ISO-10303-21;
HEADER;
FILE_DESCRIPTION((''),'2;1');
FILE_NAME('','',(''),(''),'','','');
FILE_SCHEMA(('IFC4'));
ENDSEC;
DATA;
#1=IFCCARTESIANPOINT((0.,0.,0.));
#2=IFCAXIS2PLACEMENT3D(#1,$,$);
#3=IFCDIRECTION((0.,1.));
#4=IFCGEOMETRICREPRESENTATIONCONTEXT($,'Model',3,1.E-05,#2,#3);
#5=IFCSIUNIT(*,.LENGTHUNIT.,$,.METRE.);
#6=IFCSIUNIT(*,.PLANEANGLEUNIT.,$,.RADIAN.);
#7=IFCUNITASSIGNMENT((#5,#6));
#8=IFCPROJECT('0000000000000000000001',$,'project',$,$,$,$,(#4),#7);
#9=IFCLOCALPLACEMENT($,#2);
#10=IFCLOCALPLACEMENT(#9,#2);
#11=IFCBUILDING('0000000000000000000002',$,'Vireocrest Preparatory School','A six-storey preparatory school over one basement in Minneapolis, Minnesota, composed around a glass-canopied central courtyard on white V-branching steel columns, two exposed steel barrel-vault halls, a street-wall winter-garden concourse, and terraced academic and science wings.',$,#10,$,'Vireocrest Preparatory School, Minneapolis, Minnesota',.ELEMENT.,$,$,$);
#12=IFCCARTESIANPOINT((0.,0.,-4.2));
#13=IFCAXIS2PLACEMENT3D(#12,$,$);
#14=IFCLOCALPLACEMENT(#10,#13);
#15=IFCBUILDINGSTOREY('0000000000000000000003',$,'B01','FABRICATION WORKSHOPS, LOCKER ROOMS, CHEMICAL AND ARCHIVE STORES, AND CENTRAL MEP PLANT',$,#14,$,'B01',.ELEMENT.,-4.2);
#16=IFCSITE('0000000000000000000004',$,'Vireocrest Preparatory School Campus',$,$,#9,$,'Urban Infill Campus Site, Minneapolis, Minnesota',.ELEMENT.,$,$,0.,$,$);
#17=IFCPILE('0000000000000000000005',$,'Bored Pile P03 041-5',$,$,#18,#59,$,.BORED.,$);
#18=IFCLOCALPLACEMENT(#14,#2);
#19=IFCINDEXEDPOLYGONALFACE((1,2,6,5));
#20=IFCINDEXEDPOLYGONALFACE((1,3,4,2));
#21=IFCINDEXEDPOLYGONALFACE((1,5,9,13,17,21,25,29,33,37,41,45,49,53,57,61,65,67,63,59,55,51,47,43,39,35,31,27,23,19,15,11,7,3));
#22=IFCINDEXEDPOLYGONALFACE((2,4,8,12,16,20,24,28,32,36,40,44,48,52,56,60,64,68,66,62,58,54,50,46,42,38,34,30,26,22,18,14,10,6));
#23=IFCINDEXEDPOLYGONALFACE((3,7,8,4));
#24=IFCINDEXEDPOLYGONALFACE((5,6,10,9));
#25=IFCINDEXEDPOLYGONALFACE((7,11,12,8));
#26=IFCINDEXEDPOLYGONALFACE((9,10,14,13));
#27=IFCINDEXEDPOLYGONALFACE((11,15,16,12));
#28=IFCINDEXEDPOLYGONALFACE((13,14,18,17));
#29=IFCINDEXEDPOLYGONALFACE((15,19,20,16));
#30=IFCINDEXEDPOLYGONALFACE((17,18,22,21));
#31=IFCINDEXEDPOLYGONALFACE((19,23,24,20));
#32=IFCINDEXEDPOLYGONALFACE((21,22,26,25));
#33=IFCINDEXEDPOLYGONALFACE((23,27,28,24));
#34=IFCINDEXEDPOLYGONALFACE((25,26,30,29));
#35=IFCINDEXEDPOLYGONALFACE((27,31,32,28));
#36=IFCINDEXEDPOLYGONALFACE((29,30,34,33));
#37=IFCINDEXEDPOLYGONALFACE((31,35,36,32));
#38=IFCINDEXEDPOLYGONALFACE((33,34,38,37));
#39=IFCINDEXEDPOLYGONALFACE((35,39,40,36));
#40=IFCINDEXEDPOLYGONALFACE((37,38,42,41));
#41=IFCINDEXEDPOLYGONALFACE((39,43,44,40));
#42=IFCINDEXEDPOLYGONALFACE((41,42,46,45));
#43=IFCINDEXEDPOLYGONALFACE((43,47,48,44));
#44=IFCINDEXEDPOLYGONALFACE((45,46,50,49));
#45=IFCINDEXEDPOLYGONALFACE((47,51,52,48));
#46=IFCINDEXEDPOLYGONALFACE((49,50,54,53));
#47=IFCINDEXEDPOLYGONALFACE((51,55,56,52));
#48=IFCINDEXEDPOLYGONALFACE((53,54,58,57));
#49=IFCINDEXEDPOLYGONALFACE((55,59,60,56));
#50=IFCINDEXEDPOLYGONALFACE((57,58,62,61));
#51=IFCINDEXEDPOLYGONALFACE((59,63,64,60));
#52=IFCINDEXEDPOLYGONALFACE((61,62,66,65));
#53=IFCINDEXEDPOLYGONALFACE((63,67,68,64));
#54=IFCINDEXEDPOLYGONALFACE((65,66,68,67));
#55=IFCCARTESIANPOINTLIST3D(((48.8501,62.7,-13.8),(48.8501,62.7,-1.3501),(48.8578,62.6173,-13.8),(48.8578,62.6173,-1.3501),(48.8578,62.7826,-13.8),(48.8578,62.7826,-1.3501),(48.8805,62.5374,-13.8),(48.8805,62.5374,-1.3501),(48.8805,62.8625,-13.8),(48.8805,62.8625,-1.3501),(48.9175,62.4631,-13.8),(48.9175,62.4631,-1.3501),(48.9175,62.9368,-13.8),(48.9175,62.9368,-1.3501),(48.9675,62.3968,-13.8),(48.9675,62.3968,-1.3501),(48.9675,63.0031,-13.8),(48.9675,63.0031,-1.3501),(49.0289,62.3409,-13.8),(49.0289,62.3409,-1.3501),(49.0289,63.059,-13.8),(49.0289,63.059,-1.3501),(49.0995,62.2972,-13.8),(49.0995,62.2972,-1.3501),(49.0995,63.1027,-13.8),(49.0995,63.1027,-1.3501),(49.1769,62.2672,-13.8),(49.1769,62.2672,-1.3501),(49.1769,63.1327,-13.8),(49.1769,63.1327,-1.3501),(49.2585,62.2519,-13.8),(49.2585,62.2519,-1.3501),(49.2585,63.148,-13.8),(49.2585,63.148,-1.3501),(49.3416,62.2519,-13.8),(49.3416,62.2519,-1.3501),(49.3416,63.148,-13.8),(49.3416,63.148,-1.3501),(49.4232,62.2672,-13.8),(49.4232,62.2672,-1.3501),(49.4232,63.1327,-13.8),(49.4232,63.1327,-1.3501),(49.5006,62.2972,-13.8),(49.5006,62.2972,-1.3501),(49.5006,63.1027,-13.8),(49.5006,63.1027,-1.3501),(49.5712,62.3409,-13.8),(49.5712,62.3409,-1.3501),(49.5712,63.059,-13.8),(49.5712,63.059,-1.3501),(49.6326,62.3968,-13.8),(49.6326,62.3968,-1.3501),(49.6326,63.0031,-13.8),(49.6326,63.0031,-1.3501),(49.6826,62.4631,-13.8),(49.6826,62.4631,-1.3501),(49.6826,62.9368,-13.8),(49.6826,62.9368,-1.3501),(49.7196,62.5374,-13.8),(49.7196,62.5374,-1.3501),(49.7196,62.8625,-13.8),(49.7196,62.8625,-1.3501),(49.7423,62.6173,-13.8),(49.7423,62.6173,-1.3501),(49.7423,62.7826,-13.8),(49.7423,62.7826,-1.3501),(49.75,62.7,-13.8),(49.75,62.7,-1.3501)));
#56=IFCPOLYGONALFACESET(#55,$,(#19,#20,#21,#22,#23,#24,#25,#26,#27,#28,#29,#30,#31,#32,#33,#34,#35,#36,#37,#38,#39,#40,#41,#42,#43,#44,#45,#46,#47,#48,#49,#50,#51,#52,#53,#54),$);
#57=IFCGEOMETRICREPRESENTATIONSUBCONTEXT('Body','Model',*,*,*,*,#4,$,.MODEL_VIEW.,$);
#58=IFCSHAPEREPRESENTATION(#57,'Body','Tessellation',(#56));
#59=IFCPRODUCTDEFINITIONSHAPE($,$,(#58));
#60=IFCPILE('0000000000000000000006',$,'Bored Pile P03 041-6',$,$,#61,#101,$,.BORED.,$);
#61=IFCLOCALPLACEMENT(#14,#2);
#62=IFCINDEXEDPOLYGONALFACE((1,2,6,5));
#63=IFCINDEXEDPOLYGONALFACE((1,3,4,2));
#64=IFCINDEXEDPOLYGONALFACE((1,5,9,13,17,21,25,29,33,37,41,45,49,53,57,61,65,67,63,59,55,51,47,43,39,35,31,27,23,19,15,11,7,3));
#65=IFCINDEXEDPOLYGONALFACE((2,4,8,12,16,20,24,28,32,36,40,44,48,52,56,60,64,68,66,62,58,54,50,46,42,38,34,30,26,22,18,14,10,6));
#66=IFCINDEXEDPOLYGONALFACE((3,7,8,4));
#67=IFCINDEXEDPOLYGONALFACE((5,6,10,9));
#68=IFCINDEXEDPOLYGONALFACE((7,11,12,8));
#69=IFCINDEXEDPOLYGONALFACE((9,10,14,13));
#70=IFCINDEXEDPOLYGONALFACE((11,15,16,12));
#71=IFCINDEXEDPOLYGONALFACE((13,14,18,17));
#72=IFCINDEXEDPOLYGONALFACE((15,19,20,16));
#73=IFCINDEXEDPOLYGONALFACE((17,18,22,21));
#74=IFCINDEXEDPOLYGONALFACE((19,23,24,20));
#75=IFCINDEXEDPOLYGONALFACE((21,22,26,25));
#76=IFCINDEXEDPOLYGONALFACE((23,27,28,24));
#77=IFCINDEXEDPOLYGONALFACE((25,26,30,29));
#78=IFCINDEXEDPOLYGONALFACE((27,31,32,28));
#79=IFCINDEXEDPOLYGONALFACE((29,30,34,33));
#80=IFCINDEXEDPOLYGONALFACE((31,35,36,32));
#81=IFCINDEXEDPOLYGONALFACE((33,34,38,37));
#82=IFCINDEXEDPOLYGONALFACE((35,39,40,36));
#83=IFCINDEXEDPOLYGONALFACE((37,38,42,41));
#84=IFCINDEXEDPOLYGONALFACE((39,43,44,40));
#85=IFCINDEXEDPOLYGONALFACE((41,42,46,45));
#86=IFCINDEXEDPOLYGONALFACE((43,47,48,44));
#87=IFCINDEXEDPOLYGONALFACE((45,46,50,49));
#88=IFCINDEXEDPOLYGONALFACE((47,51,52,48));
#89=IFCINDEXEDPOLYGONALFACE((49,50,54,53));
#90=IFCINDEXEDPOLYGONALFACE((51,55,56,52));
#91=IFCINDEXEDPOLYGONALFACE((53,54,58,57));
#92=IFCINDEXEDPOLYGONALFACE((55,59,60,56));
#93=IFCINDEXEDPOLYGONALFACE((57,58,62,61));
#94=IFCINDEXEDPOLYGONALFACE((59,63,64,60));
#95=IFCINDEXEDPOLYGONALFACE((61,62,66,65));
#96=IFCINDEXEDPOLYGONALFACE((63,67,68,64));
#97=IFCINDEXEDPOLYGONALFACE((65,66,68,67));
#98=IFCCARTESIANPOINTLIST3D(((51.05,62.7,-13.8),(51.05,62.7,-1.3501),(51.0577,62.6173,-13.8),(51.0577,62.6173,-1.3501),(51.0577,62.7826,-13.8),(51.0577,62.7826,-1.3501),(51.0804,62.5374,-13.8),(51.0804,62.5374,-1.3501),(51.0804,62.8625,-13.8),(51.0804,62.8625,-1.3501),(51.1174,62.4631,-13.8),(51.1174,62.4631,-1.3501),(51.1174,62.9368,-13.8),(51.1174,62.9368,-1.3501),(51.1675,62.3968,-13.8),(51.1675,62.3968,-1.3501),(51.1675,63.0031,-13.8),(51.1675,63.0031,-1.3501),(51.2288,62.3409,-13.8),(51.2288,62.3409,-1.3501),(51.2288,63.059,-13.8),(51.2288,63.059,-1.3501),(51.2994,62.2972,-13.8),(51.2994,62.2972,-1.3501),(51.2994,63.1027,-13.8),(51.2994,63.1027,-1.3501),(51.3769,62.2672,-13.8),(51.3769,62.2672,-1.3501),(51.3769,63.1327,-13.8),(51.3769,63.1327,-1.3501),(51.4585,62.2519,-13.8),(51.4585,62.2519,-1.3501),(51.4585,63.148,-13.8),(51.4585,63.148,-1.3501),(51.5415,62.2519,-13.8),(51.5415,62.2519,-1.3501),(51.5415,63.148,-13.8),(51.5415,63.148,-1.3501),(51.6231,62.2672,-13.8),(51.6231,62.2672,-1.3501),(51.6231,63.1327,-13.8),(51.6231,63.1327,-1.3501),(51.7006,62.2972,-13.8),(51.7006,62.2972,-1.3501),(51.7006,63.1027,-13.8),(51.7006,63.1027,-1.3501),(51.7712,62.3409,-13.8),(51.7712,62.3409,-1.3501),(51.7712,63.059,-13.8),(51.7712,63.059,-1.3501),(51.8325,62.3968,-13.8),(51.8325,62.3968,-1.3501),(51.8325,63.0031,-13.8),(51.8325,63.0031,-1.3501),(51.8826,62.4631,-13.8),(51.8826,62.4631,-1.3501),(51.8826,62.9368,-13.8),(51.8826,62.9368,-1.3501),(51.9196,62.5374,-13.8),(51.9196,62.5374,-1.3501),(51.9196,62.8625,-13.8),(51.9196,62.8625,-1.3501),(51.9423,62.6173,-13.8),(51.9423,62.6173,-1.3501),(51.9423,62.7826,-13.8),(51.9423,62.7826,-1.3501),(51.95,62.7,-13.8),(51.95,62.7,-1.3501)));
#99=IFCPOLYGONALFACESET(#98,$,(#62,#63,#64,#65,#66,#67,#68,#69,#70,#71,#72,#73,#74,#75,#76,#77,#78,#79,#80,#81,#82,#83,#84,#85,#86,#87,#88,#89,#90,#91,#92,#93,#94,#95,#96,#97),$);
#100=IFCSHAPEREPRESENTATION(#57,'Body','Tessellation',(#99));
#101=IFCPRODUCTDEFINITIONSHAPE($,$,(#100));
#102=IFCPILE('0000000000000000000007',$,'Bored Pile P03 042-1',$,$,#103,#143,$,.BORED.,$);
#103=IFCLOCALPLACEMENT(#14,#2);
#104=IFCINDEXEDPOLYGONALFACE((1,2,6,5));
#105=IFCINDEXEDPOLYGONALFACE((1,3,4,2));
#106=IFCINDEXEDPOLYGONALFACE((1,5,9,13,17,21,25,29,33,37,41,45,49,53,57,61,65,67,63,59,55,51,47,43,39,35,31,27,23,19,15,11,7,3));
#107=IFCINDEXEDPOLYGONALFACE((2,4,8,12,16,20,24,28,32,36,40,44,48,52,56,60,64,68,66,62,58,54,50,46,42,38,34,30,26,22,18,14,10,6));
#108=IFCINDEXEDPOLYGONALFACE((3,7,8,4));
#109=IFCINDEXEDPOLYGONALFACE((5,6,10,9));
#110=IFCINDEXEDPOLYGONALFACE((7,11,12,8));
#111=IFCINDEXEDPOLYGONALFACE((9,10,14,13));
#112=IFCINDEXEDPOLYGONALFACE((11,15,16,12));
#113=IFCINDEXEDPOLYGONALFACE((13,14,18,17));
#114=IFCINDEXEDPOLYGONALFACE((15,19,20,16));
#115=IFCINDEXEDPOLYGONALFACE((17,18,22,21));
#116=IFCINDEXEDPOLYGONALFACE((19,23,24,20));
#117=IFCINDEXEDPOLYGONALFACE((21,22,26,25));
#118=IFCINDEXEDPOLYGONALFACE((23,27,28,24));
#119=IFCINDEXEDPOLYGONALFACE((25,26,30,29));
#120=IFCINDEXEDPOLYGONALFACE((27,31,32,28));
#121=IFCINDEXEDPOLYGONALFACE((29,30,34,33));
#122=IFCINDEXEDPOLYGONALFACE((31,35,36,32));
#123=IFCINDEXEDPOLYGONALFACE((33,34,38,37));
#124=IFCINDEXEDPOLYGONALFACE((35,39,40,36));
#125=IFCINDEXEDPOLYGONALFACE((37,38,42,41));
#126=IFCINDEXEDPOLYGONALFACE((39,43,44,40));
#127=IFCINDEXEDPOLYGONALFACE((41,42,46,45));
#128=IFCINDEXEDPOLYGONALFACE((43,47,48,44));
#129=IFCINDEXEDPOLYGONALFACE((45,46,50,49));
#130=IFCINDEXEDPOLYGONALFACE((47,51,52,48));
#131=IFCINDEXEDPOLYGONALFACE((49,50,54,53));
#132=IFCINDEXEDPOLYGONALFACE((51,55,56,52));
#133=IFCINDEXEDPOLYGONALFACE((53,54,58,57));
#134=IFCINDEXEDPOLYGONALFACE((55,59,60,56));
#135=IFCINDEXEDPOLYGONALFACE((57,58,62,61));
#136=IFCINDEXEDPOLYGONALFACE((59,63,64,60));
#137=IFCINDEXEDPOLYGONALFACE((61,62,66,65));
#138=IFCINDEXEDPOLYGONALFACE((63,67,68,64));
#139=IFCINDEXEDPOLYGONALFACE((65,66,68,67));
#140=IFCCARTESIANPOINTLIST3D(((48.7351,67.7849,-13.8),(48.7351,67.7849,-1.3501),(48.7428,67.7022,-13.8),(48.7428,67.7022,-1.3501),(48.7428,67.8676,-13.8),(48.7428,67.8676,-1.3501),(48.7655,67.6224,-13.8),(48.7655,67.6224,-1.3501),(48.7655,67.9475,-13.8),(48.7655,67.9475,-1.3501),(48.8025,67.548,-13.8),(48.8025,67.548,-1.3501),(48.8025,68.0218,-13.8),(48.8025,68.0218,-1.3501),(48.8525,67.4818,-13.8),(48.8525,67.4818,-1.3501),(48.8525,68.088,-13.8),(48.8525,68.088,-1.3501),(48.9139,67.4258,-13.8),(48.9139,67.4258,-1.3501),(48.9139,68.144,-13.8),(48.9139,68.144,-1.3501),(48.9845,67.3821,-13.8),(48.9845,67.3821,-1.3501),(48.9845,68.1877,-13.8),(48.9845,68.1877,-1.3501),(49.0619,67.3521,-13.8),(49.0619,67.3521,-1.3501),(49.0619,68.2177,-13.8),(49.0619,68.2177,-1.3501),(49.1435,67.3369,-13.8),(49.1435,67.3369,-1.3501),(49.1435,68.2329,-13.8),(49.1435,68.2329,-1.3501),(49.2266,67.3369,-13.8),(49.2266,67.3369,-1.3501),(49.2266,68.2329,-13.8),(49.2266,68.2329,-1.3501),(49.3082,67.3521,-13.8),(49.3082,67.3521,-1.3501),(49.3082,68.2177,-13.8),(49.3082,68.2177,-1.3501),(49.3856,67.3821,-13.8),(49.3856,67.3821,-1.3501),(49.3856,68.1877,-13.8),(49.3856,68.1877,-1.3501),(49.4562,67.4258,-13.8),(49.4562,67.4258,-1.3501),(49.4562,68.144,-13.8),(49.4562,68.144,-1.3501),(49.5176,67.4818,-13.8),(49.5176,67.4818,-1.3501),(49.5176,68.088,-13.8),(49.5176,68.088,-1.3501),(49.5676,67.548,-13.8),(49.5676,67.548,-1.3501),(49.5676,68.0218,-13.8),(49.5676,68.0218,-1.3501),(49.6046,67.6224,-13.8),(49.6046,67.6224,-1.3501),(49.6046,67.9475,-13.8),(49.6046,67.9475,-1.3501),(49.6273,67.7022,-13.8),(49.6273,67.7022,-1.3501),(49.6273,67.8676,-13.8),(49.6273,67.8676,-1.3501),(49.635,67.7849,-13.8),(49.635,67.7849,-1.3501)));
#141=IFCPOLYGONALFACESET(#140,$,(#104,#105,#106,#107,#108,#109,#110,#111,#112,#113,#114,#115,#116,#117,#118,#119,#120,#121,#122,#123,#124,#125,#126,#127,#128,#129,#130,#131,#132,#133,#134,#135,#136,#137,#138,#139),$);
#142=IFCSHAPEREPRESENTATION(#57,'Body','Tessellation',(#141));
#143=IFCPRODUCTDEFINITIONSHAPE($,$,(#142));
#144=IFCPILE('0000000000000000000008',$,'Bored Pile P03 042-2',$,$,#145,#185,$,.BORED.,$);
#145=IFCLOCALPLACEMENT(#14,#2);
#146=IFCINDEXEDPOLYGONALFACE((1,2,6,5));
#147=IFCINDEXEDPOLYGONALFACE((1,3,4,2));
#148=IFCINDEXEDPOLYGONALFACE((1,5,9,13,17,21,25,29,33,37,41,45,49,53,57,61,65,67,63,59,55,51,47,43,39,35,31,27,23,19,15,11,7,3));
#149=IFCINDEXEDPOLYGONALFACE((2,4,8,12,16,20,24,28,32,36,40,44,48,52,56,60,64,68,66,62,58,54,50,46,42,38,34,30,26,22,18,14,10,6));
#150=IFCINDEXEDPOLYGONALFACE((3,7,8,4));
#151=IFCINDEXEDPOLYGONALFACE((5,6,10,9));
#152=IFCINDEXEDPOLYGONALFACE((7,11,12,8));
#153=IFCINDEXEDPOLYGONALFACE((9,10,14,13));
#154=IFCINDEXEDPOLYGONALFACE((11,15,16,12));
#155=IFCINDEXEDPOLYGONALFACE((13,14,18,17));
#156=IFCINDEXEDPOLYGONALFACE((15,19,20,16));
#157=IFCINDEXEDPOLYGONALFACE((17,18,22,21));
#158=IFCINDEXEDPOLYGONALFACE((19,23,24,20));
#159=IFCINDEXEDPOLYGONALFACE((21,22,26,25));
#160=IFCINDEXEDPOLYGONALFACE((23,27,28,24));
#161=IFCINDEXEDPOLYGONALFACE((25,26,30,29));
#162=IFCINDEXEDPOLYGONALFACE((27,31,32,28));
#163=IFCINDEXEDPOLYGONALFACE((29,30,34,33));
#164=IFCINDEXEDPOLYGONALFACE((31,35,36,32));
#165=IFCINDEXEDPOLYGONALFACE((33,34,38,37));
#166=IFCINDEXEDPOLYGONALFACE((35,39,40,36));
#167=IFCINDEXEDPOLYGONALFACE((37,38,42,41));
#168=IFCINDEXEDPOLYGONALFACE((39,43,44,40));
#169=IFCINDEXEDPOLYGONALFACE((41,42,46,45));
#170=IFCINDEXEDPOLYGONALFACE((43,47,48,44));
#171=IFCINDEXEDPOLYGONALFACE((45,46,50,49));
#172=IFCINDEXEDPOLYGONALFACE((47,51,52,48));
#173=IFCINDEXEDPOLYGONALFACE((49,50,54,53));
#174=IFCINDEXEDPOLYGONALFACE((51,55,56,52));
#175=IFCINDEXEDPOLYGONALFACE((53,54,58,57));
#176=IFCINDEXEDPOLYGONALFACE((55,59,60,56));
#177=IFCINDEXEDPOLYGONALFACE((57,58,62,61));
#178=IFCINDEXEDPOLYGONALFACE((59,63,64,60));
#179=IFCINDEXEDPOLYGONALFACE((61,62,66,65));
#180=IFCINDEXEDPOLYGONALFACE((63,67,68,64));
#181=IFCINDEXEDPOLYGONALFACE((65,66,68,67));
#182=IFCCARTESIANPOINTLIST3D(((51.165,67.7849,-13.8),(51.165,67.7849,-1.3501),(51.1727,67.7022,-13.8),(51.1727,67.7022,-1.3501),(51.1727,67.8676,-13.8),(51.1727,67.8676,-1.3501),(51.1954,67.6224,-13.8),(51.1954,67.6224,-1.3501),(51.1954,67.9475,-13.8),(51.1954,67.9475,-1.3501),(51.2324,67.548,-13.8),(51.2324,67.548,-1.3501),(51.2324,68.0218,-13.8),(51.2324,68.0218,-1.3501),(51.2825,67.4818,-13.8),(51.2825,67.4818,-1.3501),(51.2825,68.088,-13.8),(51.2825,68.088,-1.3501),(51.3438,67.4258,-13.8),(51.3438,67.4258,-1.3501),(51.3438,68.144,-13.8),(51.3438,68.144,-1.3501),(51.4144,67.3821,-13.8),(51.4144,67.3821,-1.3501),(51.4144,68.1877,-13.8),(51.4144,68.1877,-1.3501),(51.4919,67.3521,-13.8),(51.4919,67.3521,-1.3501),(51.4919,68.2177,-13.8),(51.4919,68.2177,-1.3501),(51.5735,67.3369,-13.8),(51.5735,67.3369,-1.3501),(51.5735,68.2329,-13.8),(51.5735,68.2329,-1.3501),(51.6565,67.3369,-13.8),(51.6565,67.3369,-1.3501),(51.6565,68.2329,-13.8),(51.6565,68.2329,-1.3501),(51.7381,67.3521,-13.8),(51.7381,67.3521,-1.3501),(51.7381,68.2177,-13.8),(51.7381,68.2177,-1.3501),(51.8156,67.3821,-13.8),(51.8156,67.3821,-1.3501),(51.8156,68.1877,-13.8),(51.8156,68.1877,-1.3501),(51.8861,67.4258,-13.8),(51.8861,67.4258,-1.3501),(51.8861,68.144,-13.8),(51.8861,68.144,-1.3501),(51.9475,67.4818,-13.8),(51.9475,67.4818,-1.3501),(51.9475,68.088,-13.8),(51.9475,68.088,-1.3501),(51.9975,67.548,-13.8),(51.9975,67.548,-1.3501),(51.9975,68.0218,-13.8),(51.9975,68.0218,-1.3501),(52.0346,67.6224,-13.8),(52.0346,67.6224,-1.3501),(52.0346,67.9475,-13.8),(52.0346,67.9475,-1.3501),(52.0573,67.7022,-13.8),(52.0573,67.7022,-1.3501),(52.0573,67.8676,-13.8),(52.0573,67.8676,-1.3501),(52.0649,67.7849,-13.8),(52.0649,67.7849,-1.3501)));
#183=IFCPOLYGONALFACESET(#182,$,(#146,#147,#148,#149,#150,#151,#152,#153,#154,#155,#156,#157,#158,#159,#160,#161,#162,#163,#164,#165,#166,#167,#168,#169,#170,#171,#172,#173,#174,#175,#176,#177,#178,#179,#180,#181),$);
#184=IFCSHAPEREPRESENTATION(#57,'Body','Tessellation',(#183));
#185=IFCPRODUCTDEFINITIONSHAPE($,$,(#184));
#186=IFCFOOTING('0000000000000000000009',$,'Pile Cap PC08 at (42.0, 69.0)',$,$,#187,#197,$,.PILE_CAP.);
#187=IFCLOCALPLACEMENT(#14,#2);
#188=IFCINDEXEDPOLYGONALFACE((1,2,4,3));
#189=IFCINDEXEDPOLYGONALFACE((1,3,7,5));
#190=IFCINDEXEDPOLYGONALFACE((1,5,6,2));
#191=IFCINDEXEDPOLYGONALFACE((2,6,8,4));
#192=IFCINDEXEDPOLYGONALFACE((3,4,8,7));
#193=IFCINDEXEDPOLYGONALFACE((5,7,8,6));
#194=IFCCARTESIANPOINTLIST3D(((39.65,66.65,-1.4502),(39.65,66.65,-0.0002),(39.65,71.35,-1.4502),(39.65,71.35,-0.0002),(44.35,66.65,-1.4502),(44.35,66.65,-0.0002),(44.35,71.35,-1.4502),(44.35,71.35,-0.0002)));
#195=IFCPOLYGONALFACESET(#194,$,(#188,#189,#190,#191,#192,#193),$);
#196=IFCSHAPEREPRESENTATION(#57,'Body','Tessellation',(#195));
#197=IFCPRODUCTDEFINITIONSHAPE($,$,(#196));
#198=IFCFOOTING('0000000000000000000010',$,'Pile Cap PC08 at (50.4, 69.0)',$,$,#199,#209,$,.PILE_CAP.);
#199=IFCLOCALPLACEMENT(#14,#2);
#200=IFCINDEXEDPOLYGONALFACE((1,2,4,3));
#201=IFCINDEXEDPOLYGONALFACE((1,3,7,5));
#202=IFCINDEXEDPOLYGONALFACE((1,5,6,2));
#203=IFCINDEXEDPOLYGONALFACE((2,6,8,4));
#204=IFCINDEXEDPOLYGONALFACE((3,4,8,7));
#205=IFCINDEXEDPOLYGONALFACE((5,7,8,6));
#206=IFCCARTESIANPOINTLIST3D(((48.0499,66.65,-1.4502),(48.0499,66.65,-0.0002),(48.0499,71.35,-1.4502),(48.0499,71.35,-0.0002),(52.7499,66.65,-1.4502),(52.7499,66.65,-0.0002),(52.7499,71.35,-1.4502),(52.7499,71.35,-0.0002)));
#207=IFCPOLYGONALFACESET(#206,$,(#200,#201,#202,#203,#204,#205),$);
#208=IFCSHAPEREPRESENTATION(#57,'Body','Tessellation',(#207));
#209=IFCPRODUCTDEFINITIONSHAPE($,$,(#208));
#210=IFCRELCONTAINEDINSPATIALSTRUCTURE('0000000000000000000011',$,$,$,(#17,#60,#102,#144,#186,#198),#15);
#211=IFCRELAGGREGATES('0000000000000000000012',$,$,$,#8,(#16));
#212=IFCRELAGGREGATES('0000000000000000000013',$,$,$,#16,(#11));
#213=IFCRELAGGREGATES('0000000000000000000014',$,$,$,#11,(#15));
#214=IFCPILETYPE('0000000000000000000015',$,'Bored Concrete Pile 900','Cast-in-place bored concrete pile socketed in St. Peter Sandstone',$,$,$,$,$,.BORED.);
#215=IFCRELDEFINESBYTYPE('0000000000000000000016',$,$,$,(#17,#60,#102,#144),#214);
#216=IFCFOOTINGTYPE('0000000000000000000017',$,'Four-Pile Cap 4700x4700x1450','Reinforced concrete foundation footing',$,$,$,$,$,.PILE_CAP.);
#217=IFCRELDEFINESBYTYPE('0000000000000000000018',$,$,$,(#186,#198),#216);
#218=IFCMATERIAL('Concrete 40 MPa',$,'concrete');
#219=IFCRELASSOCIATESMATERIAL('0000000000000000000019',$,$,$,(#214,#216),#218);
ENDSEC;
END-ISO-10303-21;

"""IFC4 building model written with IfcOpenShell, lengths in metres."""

from ifc_helpers import new_model, si_unit, direction, frame, origin, origin_2d, place, context, subcontext, project, spatial, rectangle, circle, extrude, material, material_profile, profile_set, type_object, element, save


model = new_model("IFC4")

# Units and contexts
model_context = context("Model", 3, precision=1e-05, world=origin(), true_north=direction((0.0, 1.0)))
body_context = subcontext(model_context, "Body", "Model", "MODEL_VIEW")
ifc_project = project(units=[si_unit("LENGTHUNIT", "METRE"), si_unit("PLANEANGLEUNIT", "RADIAN")], contexts=[model_context])

# Site, building, storey
site_placement = place(None, origin())
site = spatial("IfcSite", under=ifc_project, at=site_placement, Name="Vireocrest Preparatory School Campus", LongName="Urban Infill Campus Site, Minneapolis, Minnesota", CompositionType="ELEMENT", RefElevation=0.0)
building_placement = place(site_placement, origin())
building = spatial("IfcBuilding", under=site, at=building_placement, Name="Vireocrest Preparatory School", Description="A six-storey preparatory school over one basement in Minneapolis, Minnesota, composed around a glass-canopied central courtyard on white V-branching steel columns, two exposed steel barrel-vault halls, a street-wall winter-garden concourse, and terraced academic and science wings.", LongName="Vireocrest Preparatory School, Minneapolis, Minnesota", CompositionType="ELEMENT")
storey_placement = place(building_placement, frame((0.0, 0.0, -4.2)))
storey = spatial("IfcBuildingStorey", under=building, at=storey_placement, Name="B01", Description="FABRICATION WORKSHOPS, LOCKER ROOMS, CHEMICAL AND ARCHIVE STORES, AND CENTRAL MEP PLANT", LongName="B01", CompositionType="ELEMENT", Elevation=-4.2)

# Piles
ifc_material_1 = material(Name="Concrete 40 MPa", Category="concrete")
ifc_material_profile_1 = material_profile(ifc_material_1, circle(Radius=0.45, at=origin_2d()), Name="BORED PILE 900")
ifc_profile_set_1 = profile_set([ifc_material_profile_1], Name="Concrete 40 MPa")
pile_type = type_object("IfcPileType", Name="Bored Concrete Pile 900", Description="Cast-in-place bored concrete pile socketed in St. Peter Sandstone", PredefinedType="BORED", material=ifc_profile_set_1)
for number, where, z_axis, x_axis, name in (
    (1, (49.3, 62.7, -1.3501), (0.0, 0.0, -1.0), (1.0, 0.0, 0.0), "Bored Pile P03 041-5"),
    (2, (51.5, 62.7, -1.3501), (0.0, 0.0, -1.0), (1.0, 0.0, 0.0), "Bored Pile P03 041-6"),
    (3, (49.1851, 67.7849, -1.3501), (0.0, 0.0, -1.0), (1.0, 0.0, 0.0), "Bored Pile P03 042-1"),
    (4, (51.615, 67.7849, -1.3501), (0.0, 0.0, -1.0), (1.0, 0.0, 0.0), "Bored Pile P03 042-2"),
):
    element("IfcPile", number, at=place(storey_placement, frame(where, z_axis=z_axis, x_axis=x_axis)), inside=storey, type_object=pile_type, Name=name, PredefinedType="BORED", context=body_context, shape_type="SweptSolid", body=[
        extrude(circle(Radius=0.45, at=origin_2d()), origin(), (0.0, 0.0, 1.0), 12.45),
    ])

# Footings
footing_type_1 = type_object("IfcFootingType", Name="Four-Pile Cap 4700x4700x1450", Description="Reinforced concrete foundation footing", PredefinedType="PILE_CAP", material=ifc_material_1)
for number, where, z_axis, x_axis, name in (
    (5, (42.0, 69.0, -1.4502), (0.0, 0.0, 1.0), (1.0, 0.0, 0.0), "Pile Cap PC08 at (42.0, 69.0)"),
    (6, (50.3999, 69.0, -1.4502), (0.0, 0.0, 1.0), (1.0, 0.0, 0.0), "Pile Cap PC08 at (50.4, 69.0)"),
):
    element("IfcFooting", number, at=place(storey_placement, frame(where, z_axis=z_axis, x_axis=x_axis)), inside=storey, type_object=footing_type_1, Name=name, PredefinedType="PILE_CAP", context=body_context, shape_type="SweptSolid", body=[
        extrude(rectangle(XDim=4.7, YDim=4.7, at=origin_2d()), origin(), (0.0, 0.0, 1.0), 1.45),
    ])

save(model, "model.ifc")
